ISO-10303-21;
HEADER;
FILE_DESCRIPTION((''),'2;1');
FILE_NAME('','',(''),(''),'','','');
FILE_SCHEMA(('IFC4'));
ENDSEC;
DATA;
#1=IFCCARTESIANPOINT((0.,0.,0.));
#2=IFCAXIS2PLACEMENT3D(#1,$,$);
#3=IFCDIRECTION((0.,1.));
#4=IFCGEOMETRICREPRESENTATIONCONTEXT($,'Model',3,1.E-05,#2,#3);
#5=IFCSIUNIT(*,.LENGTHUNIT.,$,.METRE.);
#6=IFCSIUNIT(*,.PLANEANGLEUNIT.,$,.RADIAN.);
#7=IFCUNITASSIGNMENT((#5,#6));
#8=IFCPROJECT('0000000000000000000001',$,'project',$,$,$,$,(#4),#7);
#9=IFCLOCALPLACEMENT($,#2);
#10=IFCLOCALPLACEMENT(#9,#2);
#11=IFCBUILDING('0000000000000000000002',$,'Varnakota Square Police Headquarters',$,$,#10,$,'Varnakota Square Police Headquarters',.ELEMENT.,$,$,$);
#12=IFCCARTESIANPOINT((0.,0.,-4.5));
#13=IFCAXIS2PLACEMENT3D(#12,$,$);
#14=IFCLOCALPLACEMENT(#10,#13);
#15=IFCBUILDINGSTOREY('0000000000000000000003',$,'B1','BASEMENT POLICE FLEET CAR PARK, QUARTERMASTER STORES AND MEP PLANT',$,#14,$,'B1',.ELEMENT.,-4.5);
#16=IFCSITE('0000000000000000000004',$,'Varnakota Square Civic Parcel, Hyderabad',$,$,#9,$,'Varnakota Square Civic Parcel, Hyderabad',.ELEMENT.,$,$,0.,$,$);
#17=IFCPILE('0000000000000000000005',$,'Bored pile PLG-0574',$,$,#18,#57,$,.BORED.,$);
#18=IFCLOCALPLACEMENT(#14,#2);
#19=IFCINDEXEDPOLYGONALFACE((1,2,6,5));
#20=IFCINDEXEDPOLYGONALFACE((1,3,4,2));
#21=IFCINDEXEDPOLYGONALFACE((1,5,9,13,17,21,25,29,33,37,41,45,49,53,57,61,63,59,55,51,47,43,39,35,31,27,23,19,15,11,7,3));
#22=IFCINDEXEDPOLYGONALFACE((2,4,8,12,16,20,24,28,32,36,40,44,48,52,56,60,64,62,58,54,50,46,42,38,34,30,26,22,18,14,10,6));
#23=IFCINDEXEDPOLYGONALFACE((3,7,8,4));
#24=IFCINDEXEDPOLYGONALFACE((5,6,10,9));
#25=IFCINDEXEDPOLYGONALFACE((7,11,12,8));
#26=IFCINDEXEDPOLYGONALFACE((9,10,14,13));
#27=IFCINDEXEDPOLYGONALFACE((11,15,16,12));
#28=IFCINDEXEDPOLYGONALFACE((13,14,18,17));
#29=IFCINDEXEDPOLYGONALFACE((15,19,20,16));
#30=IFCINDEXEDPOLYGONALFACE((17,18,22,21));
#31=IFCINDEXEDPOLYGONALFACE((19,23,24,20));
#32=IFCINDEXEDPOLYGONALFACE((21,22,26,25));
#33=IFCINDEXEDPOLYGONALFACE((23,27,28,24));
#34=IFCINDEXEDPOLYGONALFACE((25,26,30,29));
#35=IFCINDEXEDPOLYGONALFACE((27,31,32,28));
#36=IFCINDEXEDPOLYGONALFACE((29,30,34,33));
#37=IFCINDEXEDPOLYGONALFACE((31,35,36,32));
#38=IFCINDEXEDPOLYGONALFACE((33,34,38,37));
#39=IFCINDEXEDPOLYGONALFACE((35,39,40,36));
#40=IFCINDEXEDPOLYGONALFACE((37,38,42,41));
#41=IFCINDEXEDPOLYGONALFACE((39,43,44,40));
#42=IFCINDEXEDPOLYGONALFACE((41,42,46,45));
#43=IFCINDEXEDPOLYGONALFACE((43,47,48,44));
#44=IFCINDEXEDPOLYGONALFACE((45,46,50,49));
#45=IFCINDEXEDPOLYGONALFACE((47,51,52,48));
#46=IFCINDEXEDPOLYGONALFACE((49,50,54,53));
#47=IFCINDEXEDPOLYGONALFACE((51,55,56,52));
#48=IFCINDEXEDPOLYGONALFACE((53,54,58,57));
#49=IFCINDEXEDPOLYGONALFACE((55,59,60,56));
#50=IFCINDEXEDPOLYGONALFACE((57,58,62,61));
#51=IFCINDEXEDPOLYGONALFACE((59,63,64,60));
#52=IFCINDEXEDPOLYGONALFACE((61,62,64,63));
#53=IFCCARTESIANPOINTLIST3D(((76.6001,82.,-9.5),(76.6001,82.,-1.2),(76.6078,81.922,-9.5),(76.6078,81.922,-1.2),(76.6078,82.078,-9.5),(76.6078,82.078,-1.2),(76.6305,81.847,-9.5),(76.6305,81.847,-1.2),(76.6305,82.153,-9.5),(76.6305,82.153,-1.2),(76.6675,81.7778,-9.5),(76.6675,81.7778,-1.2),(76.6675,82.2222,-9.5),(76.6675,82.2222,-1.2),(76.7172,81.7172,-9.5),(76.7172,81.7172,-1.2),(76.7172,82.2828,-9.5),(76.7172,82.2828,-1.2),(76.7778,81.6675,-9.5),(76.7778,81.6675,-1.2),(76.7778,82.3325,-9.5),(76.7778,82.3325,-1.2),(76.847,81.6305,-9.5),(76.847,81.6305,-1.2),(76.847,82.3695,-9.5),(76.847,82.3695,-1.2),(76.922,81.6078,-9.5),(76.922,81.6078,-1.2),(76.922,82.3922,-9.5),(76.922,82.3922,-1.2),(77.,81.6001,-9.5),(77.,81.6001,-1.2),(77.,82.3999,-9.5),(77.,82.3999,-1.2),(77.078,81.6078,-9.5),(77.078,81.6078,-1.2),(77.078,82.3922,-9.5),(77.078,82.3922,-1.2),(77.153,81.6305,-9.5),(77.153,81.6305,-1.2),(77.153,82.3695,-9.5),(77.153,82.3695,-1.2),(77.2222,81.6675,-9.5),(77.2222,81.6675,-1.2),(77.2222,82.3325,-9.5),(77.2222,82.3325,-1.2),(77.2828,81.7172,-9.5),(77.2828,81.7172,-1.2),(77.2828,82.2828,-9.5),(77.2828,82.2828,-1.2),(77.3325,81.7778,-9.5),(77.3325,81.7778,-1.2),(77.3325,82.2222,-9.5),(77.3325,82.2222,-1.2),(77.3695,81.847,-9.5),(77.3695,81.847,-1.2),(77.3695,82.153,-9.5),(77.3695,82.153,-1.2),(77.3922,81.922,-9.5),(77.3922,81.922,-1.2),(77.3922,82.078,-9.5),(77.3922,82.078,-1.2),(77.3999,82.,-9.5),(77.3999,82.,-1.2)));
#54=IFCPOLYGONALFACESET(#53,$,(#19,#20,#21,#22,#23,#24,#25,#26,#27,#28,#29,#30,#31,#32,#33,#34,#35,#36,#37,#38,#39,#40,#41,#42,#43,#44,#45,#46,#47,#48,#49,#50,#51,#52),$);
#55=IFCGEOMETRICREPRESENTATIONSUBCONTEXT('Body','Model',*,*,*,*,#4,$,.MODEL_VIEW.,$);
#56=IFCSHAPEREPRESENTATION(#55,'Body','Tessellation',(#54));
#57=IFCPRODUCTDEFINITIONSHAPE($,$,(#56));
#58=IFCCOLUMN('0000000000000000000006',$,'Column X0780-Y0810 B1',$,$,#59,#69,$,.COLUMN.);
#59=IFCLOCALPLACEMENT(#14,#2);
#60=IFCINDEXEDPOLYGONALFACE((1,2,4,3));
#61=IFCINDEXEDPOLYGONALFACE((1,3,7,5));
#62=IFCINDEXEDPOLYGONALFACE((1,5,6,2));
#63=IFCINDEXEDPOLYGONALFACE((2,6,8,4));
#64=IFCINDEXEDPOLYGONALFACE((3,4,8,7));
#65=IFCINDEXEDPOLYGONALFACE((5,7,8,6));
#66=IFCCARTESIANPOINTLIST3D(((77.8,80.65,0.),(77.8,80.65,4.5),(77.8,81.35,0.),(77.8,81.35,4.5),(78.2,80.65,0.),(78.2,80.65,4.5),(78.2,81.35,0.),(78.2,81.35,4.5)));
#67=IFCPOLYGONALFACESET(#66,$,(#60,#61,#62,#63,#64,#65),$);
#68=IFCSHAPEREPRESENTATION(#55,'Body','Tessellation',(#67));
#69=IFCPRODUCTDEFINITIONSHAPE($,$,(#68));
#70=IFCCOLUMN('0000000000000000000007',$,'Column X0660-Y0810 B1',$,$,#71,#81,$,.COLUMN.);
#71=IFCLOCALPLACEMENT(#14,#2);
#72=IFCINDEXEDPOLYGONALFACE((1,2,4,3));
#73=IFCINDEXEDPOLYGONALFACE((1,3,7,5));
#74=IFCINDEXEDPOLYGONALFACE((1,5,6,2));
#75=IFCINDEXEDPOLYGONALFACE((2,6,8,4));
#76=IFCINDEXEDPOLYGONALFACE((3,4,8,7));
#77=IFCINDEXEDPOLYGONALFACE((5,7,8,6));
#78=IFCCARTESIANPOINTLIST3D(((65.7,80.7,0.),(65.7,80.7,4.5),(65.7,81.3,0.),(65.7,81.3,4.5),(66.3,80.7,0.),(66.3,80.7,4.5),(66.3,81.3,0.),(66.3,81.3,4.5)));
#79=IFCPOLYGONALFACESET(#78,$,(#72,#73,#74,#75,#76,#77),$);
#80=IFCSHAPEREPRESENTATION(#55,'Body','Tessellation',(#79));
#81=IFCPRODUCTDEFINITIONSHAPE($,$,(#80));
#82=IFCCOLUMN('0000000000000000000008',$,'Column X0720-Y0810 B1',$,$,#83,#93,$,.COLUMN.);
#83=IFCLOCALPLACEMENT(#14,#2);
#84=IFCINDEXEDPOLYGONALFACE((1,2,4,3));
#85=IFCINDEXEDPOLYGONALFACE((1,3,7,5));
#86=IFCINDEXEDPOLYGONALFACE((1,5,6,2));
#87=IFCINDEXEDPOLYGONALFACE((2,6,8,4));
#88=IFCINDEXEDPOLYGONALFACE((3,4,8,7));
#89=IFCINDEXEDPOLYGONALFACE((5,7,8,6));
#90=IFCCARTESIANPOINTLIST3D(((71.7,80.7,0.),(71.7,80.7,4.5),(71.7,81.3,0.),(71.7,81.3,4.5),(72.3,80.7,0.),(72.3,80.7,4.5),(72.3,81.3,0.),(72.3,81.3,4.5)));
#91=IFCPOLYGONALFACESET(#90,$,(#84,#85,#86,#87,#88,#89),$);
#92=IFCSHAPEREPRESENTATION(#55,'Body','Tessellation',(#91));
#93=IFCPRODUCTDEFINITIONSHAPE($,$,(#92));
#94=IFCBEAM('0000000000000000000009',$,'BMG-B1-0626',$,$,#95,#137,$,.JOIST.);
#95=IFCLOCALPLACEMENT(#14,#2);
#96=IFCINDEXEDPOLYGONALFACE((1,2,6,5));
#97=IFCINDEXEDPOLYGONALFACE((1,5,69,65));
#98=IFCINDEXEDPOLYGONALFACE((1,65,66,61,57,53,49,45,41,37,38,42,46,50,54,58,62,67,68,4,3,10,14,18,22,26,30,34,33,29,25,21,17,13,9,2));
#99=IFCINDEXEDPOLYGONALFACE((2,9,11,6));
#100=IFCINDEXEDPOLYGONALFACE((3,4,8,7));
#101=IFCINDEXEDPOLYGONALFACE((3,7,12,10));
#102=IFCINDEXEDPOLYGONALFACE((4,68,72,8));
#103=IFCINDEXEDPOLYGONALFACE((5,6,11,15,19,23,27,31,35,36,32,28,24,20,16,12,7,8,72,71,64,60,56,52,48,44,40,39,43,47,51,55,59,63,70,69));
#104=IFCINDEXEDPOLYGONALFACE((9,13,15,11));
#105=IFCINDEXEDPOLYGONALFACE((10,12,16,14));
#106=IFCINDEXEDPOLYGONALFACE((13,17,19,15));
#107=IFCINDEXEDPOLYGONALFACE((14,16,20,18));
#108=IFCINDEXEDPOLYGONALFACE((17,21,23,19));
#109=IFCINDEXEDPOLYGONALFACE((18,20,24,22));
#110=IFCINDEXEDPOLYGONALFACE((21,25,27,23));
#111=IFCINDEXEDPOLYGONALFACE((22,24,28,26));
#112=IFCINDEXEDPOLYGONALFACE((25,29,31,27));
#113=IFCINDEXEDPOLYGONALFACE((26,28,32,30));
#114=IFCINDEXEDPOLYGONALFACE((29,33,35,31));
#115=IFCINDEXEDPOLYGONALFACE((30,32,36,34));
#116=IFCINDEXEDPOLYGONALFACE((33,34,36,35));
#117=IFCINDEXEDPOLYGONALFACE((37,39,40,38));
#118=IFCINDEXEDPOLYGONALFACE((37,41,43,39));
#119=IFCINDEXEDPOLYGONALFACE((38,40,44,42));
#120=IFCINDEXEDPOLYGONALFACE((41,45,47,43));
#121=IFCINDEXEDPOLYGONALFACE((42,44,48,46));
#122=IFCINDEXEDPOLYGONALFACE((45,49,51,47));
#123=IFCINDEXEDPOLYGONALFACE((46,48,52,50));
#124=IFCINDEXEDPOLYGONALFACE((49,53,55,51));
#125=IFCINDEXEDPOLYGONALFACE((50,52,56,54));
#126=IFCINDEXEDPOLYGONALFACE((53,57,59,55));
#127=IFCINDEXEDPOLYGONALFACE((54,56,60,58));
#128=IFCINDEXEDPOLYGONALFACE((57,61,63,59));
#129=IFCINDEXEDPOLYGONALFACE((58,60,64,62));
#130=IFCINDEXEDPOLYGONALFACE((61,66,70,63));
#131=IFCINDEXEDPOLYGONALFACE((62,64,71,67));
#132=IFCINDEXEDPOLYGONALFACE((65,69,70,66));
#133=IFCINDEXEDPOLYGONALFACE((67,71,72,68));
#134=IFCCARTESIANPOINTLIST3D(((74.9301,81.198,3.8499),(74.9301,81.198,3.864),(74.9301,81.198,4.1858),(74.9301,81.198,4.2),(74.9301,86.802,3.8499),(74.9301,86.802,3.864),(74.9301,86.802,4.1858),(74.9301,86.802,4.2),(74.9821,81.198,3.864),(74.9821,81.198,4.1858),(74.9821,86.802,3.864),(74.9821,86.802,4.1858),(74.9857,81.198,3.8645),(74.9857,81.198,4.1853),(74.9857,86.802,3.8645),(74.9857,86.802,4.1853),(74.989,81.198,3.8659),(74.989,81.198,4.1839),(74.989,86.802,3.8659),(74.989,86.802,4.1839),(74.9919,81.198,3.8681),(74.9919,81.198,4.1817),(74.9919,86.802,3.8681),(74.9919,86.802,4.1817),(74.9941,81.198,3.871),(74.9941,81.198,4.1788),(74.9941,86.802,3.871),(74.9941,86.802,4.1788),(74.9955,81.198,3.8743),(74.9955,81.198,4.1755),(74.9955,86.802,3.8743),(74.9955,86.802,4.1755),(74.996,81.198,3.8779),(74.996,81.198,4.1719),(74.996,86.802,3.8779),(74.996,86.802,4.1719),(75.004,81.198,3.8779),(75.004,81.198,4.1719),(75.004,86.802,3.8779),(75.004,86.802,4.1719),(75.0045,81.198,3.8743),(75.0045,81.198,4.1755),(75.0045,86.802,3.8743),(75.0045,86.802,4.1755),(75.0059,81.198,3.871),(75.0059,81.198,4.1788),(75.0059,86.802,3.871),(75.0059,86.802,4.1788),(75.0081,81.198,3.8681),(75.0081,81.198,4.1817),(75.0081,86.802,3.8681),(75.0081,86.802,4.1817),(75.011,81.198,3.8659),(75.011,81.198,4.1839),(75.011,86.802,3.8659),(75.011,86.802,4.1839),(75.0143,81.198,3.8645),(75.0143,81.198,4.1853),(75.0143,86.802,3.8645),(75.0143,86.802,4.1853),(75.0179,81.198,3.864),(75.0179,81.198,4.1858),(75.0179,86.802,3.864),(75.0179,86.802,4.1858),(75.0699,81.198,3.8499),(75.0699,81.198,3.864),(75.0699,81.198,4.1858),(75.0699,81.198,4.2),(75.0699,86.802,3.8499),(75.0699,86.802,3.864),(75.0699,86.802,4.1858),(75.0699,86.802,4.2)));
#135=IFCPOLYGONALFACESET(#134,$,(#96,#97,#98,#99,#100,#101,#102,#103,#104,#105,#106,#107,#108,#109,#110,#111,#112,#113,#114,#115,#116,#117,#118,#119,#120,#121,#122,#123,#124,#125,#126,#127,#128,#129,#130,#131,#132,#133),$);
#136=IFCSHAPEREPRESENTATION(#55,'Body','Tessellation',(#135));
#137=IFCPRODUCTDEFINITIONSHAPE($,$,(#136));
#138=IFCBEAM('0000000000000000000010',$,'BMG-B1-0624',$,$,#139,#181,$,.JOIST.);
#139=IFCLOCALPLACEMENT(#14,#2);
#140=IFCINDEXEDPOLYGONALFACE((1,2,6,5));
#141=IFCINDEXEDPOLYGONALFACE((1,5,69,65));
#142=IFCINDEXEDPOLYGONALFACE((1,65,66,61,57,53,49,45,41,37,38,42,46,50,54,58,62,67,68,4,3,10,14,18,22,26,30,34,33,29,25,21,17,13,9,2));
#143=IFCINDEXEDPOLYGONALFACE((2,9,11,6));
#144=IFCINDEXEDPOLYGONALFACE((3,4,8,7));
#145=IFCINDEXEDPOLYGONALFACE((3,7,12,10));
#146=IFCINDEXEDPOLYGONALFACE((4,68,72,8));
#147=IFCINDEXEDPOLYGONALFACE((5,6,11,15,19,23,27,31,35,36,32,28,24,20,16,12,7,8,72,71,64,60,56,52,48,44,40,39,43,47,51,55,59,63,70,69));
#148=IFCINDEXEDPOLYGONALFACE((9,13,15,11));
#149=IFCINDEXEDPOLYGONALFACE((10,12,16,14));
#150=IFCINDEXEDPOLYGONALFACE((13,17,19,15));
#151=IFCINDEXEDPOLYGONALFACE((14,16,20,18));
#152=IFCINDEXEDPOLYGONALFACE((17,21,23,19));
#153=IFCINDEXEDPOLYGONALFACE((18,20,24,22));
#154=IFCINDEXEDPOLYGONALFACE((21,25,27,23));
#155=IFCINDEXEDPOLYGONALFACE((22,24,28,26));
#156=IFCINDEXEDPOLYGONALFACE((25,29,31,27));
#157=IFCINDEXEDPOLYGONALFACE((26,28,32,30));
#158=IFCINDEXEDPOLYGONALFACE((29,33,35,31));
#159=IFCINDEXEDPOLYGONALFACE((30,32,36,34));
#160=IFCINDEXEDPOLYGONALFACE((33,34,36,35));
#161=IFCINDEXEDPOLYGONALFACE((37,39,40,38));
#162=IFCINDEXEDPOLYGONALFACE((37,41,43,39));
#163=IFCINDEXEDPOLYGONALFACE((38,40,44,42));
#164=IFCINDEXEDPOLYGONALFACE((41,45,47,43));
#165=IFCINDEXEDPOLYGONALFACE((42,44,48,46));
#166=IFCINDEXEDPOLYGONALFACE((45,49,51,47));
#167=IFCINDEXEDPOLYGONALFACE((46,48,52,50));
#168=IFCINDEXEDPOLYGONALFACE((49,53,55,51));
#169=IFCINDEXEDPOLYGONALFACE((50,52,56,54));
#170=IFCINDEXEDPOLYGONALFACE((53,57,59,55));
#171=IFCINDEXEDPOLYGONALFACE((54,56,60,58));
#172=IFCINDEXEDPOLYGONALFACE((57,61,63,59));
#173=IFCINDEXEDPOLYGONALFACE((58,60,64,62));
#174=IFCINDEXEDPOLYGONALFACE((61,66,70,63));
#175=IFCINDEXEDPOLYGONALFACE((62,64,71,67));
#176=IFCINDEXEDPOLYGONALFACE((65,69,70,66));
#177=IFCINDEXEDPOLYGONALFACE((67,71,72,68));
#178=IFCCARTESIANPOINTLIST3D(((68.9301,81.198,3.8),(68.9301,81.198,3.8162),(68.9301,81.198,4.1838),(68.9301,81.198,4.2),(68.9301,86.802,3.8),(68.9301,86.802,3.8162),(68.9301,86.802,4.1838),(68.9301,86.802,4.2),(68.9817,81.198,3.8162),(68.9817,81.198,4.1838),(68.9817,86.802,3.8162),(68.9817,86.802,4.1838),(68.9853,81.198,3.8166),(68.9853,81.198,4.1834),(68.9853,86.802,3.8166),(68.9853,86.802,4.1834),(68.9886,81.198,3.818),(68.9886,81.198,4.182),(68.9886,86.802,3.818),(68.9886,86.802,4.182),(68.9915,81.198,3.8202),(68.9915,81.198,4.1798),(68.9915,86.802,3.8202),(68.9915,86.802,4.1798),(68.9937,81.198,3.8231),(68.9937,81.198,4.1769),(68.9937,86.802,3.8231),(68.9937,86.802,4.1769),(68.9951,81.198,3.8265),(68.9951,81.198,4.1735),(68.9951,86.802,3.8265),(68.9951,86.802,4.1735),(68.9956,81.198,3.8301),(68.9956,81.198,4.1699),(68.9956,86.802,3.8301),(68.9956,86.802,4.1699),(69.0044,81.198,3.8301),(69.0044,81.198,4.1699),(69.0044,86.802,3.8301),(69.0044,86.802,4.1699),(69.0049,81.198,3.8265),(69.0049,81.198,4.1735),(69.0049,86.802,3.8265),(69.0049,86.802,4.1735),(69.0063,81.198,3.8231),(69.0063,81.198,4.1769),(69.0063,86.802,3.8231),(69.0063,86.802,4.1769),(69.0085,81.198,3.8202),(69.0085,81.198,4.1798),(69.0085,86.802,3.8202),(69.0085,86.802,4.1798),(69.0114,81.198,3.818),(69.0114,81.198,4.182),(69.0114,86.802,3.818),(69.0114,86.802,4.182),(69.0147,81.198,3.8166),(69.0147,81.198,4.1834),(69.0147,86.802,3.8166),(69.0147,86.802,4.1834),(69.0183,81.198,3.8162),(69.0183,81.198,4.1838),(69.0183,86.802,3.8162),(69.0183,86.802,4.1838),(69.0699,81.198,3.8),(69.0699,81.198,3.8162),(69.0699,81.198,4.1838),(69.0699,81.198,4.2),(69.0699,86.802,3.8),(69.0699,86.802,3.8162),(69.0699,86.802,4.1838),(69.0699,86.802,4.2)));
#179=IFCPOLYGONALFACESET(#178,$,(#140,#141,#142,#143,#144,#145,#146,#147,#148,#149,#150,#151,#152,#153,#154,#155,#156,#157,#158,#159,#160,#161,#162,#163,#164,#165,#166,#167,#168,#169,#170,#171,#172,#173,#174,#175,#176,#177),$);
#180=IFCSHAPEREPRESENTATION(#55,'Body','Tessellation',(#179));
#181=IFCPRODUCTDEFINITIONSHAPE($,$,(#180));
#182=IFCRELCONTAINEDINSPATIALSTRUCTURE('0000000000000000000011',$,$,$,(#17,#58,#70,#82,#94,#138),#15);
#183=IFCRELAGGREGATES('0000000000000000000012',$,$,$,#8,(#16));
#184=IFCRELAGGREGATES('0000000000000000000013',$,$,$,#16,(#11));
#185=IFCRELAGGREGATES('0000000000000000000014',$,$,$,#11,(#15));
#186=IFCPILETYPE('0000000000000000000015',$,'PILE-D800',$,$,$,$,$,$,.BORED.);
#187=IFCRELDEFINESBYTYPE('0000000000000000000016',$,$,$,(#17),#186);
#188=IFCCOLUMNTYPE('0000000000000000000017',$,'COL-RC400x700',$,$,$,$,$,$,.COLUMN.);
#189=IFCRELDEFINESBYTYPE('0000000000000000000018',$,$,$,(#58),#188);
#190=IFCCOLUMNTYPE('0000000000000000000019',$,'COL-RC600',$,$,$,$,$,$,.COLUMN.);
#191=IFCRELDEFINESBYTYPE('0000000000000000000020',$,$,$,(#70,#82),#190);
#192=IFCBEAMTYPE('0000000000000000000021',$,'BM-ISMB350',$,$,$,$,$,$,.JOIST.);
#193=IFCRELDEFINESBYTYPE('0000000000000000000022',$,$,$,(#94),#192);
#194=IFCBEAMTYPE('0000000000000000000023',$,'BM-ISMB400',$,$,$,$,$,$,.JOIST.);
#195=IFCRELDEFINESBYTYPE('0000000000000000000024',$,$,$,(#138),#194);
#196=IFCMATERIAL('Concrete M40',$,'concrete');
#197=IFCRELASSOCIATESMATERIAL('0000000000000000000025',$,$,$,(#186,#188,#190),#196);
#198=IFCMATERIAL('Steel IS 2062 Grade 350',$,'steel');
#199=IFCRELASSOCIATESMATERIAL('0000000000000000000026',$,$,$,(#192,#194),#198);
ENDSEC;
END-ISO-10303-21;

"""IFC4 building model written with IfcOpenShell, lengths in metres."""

from ifc_helpers import new_model, si_unit, direction, frame, origin, origin_2d, place, context, subcontext, project, spatial, rectangle, circle, i_section, extrude, material, material_profile, profile_set, type_object, element, save


model = new_model("IFC4")

# Units and contexts
model_context = context("Model", 3, precision=1e-05, world=origin(), true_north=direction((0.0, 1.0)))
body_context = subcontext(model_context, "Body", "Model", "MODEL_VIEW")
ifc_project = project(units=[si_unit("LENGTHUNIT", "METRE"), si_unit("PLANEANGLEUNIT", "RADIAN")], contexts=[model_context])

# Site, building, storey
site_placement = place(None, origin())
site = spatial("IfcSite", under=ifc_project, at=site_placement, Name="Varnakota Square Civic Parcel, Hyderabad", LongName="Varnakota Square Civic Parcel, Hyderabad", CompositionType="ELEMENT", RefElevation=0.0)
building_placement = place(site_placement, origin())
building = spatial("IfcBuilding", under=site, at=building_placement, Name="Varnakota Square Police Headquarters", LongName="Varnakota Square Police Headquarters", CompositionType="ELEMENT")
storey_placement = place(building_placement, frame((0.0, 0.0, -4.5)))
storey = spatial("IfcBuildingStorey", under=building, at=storey_placement, Name="B1", Description="BASEMENT POLICE FLEET CAR PARK, QUARTERMASTER STORES AND MEP PLANT", LongName="B1", CompositionType="ELEMENT", Elevation=-4.5)

# Shared definitions
ifc_material_1 = material(Name="Concrete M40", Category="concrete")

# Pile
ifc_material_profile_1 = material_profile(ifc_material_1, circle(Radius=0.3999, at=origin_2d()), Name="BORED PILE 800")
ifc_profile_set_1 = profile_set([ifc_material_profile_1], Name="Concrete M40")
pile_type = type_object("IfcPileType", Name="PILE-D800", PredefinedType="BORED", material=ifc_profile_set_1)
for number, where, z_axis, x_axis, name in (
    (1, (77.0, 82.0, -1.2), (0.0, 0.0, -1.0), (1.0, 0.0, 0.0), "Bored pile PLG-0574"),
):
    element("IfcPile", number, at=place(storey_placement, frame(where, z_axis=z_axis, x_axis=x_axis)), inside=storey, type_object=pile_type, Name=name, PredefinedType="BORED", context=body_context, shape_type="SweptSolid", body=[
        extrude(circle(Radius=0.3999, at=origin_2d()), origin(), (0.0, 0.0, 1.0), 8.3),
    ])

# Columns
ifc_material_profile_2 = material_profile(ifc_material_1, rectangle(XDim=0.3999, YDim=0.7, at=origin_2d()), Name="RC 400x700")
ifc_profile_set_2 = profile_set([ifc_material_profile_2], Name="Concrete M40")
column_type_1 = type_object("IfcColumnType", Name="COL-RC400x700", PredefinedType="COLUMN", material=ifc_profile_set_2)
column_placement = place(storey_placement, frame((78.0, 81.0, 0.0), z_axis=(0.0, 0.0, 1.0), x_axis=(1.0, 0.0, 0.0)))
element("IfcColumn", 2, at=column_placement, inside=storey, type_object=column_type_1, Name="Column X0780-Y0810 B1", PredefinedType="COLUMN", context=body_context, shape_type="SweptSolid", body=[
    extrude(rectangle(XDim=0.3999, YDim=0.7, at=origin_2d()), origin(), (0.0, 0.0, 1.0), 4.5),
])
ifc_material_profile_3 = material_profile(ifc_material_1, rectangle(XDim=0.6001, YDim=0.6001, at=origin_2d()), Name="RC 600x600")
ifc_profile_set_3 = profile_set([ifc_material_profile_3], Name="Concrete M40")
column_type_2 = type_object("IfcColumnType", Name="COL-RC600", PredefinedType="COLUMN", material=ifc_profile_set_3)
for number, where, z_axis, x_axis, name in (
    (3, (66.0, 81.0, 0.0), (0.0, 0.0, 1.0), (1.0, 0.0, 0.0), "Column X0660-Y0810 B1"),
    (4, (72.0, 81.0, 0.0), (0.0, 0.0, 1.0), (1.0, 0.0, 0.0), "Column X0720-Y0810 B1"),
):
    element("IfcColumn", number, at=place(storey_placement, frame(where, z_axis=z_axis, x_axis=x_axis)), inside=storey, type_object=column_type_2, Name=name, PredefinedType="COLUMN", context=body_context, shape_type="SweptSolid", body=[
        extrude(rectangle(XDim=0.6001, YDim=0.6001, at=origin_2d()), origin(), (0.0, 0.0, 1.0), 4.5),
    ])

# Beams
ifc_material_2 = material(Name="Steel IS 2062 Grade 350", Category="steel")
ifc_material_profile_4 = material_profile(ifc_material_2, i_section(OverallWidth=0.1399, OverallDepth=0.3501, WebThickness=0.0081, FlangeThickness=0.0142, FilletRadius=0.0139, at=origin_2d()), Name="ISMB 350")
ifc_profile_set_4 = profile_set([ifc_material_profile_4], Name="Steel IS 2062 Grade 350")
beam_type_1 = type_object("IfcBeamType", Name="BM-ISMB350", PredefinedType="JOIST", material=ifc_profile_set_4)
beam_1_placement = place(storey_placement, frame((75.0, 81.198, 4.0249), z_axis=(0.0, 1.0, 0.0), x_axis=(-1.0, 0.0, 0.0)))
element("IfcBeam", 5, at=beam_1_placement, inside=storey, type_object=beam_type_1, Name="BMG-B1-0626", PredefinedType="JOIST", context=body_context, shape_type="SweptSolid", body=[
    extrude(i_section(OverallWidth=0.1399, OverallDepth=0.3501, WebThickness=0.0081, FlangeThickness=0.0142, FilletRadius=0.0139, at=origin_2d()), origin(), (0.0, 0.0, 1.0), 5.604),
])
ifc_material_profile_5 = material_profile(ifc_material_2, i_section(OverallWidth=0.1399, OverallDepth=0.3999, WebThickness=0.0088, FlangeThickness=0.0161, FilletRadius=0.0139, at=origin_2d()), Name="ISMB 400")
ifc_profile_set_5 = profile_set([ifc_material_profile_5], Name="Steel IS 2062 Grade 350")
beam_type_2 = type_object("IfcBeamType", Name="BM-ISMB400", PredefinedType="JOIST", material=ifc_profile_set_5)
beam_2_placement = place(storey_placement, frame((69.0, 81.198, 4.0), z_axis=(0.0, 1.0, 0.0), x_axis=(-1.0, 0.0, 0.0)))
element("IfcBeam", 6, at=beam_2_placement, inside=storey, type_object=beam_type_2, Name="BMG-B1-0624", PredefinedType="JOIST", context=body_context, shape_type="SweptSolid", body=[
    extrude(i_section(OverallWidth=0.1399, OverallDepth=0.3999, WebThickness=0.0088, FlangeThickness=0.0161, FilletRadius=0.0139, at=origin_2d()), origin(), (0.0, 0.0, 1.0), 5.604),
])

save(model, "model.ifc")
